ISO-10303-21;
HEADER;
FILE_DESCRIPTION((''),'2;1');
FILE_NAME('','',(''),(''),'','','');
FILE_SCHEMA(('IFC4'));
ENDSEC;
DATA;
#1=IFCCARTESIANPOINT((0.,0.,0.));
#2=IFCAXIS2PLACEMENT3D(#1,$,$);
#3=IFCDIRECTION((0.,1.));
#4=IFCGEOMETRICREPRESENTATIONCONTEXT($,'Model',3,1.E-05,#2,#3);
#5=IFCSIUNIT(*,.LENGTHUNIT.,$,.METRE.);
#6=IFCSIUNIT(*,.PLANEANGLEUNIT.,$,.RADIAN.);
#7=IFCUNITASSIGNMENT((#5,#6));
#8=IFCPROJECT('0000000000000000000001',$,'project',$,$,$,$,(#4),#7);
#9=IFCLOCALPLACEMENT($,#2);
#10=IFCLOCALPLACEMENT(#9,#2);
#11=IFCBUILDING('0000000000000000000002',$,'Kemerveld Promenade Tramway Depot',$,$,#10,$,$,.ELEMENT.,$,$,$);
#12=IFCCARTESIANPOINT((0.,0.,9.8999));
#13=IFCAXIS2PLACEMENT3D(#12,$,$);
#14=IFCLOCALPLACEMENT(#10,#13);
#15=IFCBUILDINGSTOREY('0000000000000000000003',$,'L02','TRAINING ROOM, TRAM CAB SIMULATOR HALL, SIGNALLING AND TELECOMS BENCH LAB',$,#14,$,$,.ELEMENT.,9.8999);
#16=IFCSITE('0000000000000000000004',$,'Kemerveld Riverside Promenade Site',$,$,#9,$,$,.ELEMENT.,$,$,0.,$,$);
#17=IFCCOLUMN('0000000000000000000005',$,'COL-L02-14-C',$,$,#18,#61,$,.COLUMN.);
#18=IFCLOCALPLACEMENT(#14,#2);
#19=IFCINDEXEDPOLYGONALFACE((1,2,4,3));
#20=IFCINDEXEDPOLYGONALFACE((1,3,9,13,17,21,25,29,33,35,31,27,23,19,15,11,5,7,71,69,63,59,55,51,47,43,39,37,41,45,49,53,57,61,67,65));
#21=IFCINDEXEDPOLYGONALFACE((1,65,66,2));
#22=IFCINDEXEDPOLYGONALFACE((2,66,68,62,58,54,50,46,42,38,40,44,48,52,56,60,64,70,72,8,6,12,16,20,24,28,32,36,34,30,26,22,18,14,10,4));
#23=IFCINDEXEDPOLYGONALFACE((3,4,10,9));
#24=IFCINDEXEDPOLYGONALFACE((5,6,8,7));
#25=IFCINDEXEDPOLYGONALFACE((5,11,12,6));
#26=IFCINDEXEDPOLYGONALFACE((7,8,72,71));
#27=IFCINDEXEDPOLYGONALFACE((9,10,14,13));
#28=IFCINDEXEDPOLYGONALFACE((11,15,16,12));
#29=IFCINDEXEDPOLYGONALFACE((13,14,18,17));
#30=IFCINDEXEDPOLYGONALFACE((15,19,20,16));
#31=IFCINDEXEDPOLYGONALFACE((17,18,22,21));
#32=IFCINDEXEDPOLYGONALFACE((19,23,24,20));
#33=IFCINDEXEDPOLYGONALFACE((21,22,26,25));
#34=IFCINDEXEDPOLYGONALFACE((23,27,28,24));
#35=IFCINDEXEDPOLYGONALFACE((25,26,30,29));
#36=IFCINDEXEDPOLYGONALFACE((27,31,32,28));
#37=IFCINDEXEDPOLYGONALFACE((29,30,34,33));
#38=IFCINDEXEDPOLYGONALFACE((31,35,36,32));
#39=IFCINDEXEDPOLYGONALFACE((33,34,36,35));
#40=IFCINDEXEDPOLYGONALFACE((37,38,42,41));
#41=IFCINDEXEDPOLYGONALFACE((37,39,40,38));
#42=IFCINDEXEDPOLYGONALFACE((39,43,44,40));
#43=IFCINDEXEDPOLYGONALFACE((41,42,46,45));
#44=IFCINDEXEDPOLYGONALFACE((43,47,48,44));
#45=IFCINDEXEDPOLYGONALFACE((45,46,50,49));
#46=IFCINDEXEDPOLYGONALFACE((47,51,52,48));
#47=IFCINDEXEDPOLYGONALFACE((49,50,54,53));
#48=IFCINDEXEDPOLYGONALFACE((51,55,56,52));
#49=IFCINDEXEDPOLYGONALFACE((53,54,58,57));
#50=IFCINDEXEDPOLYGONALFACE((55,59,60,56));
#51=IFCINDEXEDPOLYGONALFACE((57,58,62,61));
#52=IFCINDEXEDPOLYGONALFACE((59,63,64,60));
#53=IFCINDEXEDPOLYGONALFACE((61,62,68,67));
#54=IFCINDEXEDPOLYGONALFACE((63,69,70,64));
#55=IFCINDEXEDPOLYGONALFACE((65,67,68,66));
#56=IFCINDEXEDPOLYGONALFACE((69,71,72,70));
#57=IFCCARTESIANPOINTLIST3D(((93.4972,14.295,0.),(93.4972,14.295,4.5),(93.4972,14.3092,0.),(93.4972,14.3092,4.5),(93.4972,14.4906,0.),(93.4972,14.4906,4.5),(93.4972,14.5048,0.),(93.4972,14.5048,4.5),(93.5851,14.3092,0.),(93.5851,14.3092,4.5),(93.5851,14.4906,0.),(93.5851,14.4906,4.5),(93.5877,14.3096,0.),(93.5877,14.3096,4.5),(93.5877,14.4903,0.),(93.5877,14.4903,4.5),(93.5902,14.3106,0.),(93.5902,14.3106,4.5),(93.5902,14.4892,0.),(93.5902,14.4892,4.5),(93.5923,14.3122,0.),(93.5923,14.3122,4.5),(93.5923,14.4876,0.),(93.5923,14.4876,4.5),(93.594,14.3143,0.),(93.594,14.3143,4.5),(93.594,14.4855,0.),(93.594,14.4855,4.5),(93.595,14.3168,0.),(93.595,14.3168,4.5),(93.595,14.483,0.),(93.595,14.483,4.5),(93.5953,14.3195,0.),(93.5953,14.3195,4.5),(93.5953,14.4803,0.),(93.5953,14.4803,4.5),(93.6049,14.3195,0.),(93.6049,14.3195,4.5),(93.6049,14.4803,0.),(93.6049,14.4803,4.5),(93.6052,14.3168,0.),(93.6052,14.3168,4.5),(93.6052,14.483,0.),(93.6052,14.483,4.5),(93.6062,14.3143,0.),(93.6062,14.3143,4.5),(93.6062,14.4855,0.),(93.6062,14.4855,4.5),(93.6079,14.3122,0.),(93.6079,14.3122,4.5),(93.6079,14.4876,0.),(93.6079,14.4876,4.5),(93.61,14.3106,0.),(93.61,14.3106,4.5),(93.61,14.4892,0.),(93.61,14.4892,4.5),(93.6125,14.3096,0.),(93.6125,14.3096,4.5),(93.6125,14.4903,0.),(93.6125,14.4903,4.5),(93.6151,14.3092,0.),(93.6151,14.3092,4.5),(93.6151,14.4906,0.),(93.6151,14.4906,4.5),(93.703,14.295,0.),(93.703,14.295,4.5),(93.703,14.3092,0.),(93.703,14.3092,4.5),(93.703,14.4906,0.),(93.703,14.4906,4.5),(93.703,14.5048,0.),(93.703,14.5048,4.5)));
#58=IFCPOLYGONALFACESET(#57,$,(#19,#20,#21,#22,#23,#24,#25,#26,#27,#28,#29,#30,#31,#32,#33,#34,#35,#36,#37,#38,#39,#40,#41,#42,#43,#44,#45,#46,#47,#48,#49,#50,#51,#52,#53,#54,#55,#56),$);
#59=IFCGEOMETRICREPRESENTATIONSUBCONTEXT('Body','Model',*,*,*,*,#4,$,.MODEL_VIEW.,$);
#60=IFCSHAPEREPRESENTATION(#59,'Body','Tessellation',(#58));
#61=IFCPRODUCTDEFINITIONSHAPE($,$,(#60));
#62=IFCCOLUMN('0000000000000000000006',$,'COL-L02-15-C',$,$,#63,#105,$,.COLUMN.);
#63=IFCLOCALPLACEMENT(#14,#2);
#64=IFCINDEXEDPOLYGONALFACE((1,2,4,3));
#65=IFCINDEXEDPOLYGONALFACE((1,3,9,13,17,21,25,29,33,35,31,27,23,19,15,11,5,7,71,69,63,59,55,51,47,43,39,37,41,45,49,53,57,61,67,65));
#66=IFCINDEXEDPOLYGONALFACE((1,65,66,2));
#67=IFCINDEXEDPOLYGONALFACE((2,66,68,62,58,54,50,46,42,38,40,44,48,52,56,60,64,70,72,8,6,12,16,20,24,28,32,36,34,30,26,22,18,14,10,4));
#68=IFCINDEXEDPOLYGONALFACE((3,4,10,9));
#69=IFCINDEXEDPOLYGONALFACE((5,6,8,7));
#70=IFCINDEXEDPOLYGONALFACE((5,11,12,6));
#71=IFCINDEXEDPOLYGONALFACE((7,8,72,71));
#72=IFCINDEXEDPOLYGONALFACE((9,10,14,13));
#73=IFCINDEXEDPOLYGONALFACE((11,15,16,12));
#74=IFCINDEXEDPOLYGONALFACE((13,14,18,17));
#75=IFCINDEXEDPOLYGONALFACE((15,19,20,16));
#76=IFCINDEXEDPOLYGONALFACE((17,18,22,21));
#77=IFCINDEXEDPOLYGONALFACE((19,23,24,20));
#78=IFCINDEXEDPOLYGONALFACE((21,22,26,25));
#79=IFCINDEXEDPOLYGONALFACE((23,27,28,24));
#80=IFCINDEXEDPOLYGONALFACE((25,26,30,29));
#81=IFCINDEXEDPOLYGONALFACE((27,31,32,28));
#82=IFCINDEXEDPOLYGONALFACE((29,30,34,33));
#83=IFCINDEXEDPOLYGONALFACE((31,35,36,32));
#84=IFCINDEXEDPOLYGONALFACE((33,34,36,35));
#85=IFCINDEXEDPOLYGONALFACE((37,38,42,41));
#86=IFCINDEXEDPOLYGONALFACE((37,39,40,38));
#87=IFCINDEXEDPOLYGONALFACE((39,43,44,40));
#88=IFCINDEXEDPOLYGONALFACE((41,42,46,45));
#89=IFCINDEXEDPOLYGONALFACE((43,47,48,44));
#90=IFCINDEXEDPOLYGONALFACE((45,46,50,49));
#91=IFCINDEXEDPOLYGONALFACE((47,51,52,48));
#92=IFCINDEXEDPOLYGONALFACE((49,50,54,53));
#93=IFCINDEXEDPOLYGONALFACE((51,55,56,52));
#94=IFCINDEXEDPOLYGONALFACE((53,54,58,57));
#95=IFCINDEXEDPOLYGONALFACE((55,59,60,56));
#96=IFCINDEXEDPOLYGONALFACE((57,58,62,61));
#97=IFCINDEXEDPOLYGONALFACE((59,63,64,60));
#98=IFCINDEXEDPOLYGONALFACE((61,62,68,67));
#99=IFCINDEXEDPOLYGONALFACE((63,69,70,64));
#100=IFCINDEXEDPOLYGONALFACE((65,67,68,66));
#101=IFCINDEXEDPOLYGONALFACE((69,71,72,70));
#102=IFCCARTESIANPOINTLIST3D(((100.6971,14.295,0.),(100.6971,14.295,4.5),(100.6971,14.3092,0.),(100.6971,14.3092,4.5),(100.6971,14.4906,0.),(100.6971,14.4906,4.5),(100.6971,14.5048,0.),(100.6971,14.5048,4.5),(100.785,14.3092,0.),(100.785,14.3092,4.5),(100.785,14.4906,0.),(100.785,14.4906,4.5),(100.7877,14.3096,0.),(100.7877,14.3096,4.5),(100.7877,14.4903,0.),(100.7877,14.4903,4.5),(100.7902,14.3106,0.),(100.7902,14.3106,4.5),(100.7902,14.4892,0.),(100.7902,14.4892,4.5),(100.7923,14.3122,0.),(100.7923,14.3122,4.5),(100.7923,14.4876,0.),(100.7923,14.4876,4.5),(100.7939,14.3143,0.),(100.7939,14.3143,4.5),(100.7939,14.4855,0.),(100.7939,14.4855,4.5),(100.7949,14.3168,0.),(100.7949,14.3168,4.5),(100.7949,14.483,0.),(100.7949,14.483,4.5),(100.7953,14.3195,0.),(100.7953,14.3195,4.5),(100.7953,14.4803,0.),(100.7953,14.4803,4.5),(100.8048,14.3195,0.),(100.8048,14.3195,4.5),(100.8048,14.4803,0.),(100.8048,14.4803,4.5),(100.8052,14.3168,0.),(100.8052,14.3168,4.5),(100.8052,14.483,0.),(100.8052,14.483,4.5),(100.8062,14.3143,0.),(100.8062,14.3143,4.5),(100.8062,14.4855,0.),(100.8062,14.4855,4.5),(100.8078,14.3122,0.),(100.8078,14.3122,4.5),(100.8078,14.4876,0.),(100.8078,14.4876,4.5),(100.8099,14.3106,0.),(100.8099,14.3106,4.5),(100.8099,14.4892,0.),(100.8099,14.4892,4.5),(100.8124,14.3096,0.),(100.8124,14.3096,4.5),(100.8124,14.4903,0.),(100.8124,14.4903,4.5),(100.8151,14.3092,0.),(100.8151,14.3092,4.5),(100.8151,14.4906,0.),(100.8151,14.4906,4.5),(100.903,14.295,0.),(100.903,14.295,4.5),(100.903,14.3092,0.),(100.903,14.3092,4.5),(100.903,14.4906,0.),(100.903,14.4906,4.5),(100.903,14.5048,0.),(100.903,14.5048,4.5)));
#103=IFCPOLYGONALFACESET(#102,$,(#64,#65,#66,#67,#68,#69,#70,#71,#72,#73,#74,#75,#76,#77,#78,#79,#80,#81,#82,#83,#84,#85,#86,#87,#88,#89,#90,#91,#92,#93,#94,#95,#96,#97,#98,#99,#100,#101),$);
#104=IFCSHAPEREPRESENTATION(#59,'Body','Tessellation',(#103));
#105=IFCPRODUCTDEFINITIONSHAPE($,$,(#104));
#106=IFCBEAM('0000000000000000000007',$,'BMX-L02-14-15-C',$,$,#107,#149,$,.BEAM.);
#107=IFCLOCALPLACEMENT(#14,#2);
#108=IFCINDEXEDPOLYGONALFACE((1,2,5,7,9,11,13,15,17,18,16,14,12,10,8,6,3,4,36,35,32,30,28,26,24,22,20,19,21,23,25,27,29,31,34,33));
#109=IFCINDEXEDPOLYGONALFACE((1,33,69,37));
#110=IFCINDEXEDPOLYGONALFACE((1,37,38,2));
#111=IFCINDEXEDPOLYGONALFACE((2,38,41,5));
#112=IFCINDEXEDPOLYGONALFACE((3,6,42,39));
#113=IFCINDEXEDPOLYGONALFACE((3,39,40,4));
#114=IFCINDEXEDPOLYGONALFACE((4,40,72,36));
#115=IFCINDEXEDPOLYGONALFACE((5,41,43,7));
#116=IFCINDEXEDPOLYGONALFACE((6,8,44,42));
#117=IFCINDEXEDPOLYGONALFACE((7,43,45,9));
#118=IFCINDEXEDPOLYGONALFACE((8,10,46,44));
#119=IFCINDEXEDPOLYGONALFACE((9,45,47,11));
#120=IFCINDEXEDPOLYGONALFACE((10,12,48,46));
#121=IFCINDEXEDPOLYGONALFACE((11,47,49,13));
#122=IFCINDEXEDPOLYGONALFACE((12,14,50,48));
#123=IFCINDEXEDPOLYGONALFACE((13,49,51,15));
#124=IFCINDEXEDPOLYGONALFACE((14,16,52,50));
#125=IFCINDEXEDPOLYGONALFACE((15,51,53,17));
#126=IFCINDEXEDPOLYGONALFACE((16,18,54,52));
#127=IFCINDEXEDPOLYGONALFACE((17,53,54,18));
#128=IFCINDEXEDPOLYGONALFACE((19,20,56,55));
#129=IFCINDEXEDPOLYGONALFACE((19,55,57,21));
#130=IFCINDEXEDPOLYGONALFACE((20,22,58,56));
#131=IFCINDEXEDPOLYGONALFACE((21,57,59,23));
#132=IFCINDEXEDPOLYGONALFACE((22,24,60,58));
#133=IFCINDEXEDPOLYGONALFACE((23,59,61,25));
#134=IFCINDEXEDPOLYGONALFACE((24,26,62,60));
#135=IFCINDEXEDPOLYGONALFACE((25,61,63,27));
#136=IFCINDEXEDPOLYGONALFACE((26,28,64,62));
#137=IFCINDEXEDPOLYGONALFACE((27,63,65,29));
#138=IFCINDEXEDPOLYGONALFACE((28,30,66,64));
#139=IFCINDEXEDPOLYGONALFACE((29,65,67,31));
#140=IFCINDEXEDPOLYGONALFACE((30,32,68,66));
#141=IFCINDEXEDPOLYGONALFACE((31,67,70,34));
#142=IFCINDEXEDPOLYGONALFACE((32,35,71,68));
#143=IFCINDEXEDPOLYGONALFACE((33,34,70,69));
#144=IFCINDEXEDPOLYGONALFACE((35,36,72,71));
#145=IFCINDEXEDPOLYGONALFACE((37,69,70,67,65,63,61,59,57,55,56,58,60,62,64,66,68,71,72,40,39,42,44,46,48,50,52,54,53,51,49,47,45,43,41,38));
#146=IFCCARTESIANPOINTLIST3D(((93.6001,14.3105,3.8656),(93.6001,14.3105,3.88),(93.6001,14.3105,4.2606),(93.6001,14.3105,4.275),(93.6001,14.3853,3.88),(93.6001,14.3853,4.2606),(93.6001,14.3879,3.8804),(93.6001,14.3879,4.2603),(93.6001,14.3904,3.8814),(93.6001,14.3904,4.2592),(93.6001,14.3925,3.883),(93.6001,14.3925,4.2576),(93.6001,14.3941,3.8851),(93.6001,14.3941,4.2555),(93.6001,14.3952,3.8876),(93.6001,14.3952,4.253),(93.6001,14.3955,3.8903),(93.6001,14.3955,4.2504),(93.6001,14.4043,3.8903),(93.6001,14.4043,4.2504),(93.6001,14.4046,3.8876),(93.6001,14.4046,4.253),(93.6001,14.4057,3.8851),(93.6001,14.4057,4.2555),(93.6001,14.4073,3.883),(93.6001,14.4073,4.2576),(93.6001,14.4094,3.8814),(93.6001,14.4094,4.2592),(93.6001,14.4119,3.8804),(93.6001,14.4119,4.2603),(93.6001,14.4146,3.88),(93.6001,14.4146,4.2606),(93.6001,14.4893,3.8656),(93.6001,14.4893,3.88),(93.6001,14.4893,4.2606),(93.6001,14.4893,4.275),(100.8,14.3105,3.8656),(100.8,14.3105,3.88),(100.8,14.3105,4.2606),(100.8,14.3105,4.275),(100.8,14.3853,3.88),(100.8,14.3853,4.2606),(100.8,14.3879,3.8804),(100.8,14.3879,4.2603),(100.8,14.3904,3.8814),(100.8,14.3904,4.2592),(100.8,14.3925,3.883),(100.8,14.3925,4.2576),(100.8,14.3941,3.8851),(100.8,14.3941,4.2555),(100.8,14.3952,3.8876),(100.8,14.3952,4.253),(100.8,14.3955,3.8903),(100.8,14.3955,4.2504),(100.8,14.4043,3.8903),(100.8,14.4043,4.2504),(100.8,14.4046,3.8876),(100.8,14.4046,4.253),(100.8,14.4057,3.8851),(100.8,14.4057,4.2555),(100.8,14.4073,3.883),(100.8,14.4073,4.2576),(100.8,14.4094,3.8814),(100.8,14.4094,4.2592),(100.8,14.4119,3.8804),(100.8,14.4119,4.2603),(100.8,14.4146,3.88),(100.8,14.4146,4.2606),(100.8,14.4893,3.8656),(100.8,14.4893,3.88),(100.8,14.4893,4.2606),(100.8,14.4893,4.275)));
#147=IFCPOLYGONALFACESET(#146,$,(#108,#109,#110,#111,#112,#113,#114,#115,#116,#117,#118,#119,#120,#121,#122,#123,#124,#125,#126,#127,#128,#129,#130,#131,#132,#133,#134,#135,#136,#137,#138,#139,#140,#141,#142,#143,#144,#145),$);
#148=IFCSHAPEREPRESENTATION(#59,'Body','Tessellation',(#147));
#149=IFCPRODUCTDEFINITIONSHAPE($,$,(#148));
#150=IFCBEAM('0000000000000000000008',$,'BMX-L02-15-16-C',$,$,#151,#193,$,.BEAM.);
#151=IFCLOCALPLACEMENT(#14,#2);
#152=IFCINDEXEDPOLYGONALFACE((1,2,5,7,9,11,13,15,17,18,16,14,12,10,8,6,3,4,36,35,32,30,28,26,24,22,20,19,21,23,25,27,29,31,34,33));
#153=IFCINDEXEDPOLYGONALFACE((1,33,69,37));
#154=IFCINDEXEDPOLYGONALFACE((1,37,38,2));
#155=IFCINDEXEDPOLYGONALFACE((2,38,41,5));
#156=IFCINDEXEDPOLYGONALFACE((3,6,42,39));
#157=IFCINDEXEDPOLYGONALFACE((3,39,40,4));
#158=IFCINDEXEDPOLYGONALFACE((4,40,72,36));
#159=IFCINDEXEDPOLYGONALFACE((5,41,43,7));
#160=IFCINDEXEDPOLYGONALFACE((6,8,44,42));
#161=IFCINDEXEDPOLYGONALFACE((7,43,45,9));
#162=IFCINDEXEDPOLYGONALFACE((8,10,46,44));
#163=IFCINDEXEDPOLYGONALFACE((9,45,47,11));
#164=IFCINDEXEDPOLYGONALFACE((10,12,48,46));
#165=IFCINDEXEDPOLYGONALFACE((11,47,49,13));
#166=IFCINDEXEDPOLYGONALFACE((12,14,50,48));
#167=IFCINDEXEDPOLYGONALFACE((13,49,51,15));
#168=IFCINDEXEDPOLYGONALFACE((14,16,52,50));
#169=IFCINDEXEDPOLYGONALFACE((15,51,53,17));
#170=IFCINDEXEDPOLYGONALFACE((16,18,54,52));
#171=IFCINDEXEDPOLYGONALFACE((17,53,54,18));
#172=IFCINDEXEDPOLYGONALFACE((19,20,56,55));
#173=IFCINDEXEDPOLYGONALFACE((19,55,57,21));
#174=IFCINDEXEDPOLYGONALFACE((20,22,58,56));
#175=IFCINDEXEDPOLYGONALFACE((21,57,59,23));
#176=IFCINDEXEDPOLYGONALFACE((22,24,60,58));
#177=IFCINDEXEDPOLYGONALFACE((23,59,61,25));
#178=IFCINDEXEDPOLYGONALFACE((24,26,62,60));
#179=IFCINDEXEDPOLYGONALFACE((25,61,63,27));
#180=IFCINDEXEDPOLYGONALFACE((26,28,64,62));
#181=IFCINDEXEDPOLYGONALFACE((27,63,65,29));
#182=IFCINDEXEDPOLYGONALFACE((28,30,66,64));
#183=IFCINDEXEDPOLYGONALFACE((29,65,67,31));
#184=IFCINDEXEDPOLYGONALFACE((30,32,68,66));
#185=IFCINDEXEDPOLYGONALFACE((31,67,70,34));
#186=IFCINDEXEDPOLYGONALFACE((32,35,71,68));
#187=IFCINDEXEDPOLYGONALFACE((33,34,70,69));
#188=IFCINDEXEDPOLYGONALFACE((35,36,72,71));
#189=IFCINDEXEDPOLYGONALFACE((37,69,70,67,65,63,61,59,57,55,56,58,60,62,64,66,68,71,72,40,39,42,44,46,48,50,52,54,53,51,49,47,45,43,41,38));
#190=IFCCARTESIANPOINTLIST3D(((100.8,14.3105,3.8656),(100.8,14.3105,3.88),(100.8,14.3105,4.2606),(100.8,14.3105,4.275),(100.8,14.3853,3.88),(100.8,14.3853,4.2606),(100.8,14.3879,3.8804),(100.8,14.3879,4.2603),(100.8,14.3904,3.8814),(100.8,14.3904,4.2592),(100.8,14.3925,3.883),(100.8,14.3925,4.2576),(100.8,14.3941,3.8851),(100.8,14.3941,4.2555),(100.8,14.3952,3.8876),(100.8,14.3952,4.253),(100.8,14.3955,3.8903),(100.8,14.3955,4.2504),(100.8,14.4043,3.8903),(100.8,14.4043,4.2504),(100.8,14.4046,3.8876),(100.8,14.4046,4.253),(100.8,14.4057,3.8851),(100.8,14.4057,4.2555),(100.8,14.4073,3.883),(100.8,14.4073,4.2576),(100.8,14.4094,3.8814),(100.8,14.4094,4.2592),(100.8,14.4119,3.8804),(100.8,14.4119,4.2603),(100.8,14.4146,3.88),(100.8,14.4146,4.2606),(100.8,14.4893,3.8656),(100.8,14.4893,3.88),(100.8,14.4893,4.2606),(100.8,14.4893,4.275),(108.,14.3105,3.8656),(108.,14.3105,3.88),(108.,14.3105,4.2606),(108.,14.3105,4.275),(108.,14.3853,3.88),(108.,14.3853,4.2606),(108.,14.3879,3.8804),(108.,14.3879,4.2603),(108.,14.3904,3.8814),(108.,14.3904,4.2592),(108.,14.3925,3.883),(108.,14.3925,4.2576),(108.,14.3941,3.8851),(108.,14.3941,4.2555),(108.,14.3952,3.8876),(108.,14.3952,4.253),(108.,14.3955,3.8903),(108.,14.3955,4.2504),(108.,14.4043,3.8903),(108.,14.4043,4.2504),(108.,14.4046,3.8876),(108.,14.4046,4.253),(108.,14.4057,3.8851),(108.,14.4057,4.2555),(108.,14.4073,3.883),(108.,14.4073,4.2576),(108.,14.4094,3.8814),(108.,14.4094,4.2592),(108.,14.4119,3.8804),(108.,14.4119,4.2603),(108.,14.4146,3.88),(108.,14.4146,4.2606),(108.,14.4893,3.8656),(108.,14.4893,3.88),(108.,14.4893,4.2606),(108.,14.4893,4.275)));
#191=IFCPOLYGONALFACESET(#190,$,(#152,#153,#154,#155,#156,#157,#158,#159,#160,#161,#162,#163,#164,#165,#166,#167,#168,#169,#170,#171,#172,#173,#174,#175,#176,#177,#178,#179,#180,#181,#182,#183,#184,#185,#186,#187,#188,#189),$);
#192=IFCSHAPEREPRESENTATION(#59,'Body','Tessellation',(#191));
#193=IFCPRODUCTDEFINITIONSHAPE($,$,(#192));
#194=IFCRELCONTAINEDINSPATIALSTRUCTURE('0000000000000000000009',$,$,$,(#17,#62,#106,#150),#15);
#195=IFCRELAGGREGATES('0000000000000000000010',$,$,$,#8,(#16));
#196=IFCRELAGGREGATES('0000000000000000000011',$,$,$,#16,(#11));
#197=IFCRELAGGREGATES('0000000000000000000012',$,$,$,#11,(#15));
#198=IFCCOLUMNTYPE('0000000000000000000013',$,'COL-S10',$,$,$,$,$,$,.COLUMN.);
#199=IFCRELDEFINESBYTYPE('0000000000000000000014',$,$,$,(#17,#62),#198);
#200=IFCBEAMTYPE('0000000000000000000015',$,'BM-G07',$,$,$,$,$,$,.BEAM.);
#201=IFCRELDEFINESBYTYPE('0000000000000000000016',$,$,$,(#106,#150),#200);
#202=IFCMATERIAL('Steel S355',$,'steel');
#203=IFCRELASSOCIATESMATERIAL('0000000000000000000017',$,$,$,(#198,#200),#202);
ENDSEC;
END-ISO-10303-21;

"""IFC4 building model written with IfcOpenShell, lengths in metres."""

from ifc_helpers import new_model, si_unit, direction, frame, origin, origin_2d, place, context, subcontext, project, spatial, i_section, extrude, material, material_profile, profile_set, type_object, element, save


model = new_model("IFC4")

# Units and contexts
model_context = context("Model", 3, precision=1e-05, world=origin(), true_north=direction((0.0, 1.0)))
body_context = subcontext(model_context, "Body", "Model", "MODEL_VIEW")
ifc_project = project(units=[si_unit("LENGTHUNIT", "METRE"), si_unit("PLANEANGLEUNIT", "RADIAN")], contexts=[model_context])

# Site, building, storey
site_placement = place(None, origin())
site = spatial("IfcSite", under=ifc_project, at=site_placement, Name="Kemerveld Riverside Promenade Site", CompositionType="ELEMENT", RefElevation=0.0)
building_placement = place(site_placement, origin())
building = spatial("IfcBuilding", under=site, at=building_placement, Name="Kemerveld Promenade Tramway Depot", CompositionType="ELEMENT")
storey_placement = place(building_placement, frame((0.0, 0.0, 9.8999)))
storey = spatial("IfcBuildingStorey", under=building, at=storey_placement, Name="L02", Description="TRAINING ROOM, TRAM CAB SIMULATOR HALL, SIGNALLING AND TELECOMS BENCH LAB", CompositionType="ELEMENT", Elevation=9.8999)

# Columns
ifc_material_1 = material(Name="Steel S355", Category="steel")
ifc_material_profile_1 = material_profile(ifc_material_1, i_section(OverallWidth=0.2058, OverallDepth=0.2097, WebThickness=0.0095, FlangeThickness=0.0142, FilletRadius=0.0103, at=origin_2d()), Name="203x203x60 UC")
ifc_profile_set_1 = profile_set([ifc_material_profile_1], Name="Steel S355")
column_type = type_object("IfcColumnType", Name="COL-S10", PredefinedType="COLUMN", material=ifc_profile_set_1)
for number, where, z_axis, x_axis, name in (
    (1, (93.6001, 14.3999, 0.0), (0.0, 0.0, 1.0), (1.0, 0.0, 0.0), "COL-L02-14-C"),
    (2, (100.8, 14.3999, 0.0), (0.0, 0.0, 1.0), (1.0, 0.0, 0.0), "COL-L02-15-C"),
):
    element("IfcColumn", number, at=place(storey_placement, frame(where, z_axis=z_axis, x_axis=x_axis)), inside=storey, type_object=column_type, Name=name, PredefinedType="COLUMN", context=body_context, shape_type="SweptSolid", body=[
        extrude(i_section(OverallWidth=0.2058, OverallDepth=0.2097, WebThickness=0.0095, FlangeThickness=0.0142, FilletRadius=0.0103, at=origin_2d()), origin(), (0.0, 0.0, 1.0), 4.5),
    ])

# Beams
ifc_material_profile_2 = material_profile(ifc_material_1, i_section(OverallWidth=0.1787, OverallDepth=0.4094, WebThickness=0.0088, FlangeThickness=0.0144, FilletRadius=0.0103, at=origin_2d()), Name="406x178x67 UB")
ifc_profile_set_2 = profile_set([ifc_material_profile_2], Name="Steel S355")
beam_type_1 = type_object("IfcBeamType", Name="BM-G07", PredefinedType="BEAM", material=ifc_profile_set_2)
for number, where, z_axis, x_axis, name in (
    (3, (93.6001, 14.3999, 4.0703), (1.0, 0.0, 0.0), (0.0, 1.0, 0.0), "BMX-L02-14-15-C"),
    (4, (100.8, 14.3999, 4.0703), (1.0, 0.0, 0.0), (0.0, 1.0, 0.0), "BMX-L02-15-16-C"),
):
    element("IfcBeam", number, at=place(storey_placement, frame(where, z_axis=z_axis, x_axis=x_axis)), inside=storey, type_object=beam_type_1, Name=name, PredefinedType="BEAM", context=body_context, shape_type="SweptSolid", body=[
        extrude(i_section(OverallWidth=0.1787, OverallDepth=0.4094, WebThickness=0.0088, FlangeThickness=0.0144, FilletRadius=0.0103, at=origin_2d()), origin(), (0.0, 0.0, 1.0), 7.2),
    ])

save(model, "model.ifc")
